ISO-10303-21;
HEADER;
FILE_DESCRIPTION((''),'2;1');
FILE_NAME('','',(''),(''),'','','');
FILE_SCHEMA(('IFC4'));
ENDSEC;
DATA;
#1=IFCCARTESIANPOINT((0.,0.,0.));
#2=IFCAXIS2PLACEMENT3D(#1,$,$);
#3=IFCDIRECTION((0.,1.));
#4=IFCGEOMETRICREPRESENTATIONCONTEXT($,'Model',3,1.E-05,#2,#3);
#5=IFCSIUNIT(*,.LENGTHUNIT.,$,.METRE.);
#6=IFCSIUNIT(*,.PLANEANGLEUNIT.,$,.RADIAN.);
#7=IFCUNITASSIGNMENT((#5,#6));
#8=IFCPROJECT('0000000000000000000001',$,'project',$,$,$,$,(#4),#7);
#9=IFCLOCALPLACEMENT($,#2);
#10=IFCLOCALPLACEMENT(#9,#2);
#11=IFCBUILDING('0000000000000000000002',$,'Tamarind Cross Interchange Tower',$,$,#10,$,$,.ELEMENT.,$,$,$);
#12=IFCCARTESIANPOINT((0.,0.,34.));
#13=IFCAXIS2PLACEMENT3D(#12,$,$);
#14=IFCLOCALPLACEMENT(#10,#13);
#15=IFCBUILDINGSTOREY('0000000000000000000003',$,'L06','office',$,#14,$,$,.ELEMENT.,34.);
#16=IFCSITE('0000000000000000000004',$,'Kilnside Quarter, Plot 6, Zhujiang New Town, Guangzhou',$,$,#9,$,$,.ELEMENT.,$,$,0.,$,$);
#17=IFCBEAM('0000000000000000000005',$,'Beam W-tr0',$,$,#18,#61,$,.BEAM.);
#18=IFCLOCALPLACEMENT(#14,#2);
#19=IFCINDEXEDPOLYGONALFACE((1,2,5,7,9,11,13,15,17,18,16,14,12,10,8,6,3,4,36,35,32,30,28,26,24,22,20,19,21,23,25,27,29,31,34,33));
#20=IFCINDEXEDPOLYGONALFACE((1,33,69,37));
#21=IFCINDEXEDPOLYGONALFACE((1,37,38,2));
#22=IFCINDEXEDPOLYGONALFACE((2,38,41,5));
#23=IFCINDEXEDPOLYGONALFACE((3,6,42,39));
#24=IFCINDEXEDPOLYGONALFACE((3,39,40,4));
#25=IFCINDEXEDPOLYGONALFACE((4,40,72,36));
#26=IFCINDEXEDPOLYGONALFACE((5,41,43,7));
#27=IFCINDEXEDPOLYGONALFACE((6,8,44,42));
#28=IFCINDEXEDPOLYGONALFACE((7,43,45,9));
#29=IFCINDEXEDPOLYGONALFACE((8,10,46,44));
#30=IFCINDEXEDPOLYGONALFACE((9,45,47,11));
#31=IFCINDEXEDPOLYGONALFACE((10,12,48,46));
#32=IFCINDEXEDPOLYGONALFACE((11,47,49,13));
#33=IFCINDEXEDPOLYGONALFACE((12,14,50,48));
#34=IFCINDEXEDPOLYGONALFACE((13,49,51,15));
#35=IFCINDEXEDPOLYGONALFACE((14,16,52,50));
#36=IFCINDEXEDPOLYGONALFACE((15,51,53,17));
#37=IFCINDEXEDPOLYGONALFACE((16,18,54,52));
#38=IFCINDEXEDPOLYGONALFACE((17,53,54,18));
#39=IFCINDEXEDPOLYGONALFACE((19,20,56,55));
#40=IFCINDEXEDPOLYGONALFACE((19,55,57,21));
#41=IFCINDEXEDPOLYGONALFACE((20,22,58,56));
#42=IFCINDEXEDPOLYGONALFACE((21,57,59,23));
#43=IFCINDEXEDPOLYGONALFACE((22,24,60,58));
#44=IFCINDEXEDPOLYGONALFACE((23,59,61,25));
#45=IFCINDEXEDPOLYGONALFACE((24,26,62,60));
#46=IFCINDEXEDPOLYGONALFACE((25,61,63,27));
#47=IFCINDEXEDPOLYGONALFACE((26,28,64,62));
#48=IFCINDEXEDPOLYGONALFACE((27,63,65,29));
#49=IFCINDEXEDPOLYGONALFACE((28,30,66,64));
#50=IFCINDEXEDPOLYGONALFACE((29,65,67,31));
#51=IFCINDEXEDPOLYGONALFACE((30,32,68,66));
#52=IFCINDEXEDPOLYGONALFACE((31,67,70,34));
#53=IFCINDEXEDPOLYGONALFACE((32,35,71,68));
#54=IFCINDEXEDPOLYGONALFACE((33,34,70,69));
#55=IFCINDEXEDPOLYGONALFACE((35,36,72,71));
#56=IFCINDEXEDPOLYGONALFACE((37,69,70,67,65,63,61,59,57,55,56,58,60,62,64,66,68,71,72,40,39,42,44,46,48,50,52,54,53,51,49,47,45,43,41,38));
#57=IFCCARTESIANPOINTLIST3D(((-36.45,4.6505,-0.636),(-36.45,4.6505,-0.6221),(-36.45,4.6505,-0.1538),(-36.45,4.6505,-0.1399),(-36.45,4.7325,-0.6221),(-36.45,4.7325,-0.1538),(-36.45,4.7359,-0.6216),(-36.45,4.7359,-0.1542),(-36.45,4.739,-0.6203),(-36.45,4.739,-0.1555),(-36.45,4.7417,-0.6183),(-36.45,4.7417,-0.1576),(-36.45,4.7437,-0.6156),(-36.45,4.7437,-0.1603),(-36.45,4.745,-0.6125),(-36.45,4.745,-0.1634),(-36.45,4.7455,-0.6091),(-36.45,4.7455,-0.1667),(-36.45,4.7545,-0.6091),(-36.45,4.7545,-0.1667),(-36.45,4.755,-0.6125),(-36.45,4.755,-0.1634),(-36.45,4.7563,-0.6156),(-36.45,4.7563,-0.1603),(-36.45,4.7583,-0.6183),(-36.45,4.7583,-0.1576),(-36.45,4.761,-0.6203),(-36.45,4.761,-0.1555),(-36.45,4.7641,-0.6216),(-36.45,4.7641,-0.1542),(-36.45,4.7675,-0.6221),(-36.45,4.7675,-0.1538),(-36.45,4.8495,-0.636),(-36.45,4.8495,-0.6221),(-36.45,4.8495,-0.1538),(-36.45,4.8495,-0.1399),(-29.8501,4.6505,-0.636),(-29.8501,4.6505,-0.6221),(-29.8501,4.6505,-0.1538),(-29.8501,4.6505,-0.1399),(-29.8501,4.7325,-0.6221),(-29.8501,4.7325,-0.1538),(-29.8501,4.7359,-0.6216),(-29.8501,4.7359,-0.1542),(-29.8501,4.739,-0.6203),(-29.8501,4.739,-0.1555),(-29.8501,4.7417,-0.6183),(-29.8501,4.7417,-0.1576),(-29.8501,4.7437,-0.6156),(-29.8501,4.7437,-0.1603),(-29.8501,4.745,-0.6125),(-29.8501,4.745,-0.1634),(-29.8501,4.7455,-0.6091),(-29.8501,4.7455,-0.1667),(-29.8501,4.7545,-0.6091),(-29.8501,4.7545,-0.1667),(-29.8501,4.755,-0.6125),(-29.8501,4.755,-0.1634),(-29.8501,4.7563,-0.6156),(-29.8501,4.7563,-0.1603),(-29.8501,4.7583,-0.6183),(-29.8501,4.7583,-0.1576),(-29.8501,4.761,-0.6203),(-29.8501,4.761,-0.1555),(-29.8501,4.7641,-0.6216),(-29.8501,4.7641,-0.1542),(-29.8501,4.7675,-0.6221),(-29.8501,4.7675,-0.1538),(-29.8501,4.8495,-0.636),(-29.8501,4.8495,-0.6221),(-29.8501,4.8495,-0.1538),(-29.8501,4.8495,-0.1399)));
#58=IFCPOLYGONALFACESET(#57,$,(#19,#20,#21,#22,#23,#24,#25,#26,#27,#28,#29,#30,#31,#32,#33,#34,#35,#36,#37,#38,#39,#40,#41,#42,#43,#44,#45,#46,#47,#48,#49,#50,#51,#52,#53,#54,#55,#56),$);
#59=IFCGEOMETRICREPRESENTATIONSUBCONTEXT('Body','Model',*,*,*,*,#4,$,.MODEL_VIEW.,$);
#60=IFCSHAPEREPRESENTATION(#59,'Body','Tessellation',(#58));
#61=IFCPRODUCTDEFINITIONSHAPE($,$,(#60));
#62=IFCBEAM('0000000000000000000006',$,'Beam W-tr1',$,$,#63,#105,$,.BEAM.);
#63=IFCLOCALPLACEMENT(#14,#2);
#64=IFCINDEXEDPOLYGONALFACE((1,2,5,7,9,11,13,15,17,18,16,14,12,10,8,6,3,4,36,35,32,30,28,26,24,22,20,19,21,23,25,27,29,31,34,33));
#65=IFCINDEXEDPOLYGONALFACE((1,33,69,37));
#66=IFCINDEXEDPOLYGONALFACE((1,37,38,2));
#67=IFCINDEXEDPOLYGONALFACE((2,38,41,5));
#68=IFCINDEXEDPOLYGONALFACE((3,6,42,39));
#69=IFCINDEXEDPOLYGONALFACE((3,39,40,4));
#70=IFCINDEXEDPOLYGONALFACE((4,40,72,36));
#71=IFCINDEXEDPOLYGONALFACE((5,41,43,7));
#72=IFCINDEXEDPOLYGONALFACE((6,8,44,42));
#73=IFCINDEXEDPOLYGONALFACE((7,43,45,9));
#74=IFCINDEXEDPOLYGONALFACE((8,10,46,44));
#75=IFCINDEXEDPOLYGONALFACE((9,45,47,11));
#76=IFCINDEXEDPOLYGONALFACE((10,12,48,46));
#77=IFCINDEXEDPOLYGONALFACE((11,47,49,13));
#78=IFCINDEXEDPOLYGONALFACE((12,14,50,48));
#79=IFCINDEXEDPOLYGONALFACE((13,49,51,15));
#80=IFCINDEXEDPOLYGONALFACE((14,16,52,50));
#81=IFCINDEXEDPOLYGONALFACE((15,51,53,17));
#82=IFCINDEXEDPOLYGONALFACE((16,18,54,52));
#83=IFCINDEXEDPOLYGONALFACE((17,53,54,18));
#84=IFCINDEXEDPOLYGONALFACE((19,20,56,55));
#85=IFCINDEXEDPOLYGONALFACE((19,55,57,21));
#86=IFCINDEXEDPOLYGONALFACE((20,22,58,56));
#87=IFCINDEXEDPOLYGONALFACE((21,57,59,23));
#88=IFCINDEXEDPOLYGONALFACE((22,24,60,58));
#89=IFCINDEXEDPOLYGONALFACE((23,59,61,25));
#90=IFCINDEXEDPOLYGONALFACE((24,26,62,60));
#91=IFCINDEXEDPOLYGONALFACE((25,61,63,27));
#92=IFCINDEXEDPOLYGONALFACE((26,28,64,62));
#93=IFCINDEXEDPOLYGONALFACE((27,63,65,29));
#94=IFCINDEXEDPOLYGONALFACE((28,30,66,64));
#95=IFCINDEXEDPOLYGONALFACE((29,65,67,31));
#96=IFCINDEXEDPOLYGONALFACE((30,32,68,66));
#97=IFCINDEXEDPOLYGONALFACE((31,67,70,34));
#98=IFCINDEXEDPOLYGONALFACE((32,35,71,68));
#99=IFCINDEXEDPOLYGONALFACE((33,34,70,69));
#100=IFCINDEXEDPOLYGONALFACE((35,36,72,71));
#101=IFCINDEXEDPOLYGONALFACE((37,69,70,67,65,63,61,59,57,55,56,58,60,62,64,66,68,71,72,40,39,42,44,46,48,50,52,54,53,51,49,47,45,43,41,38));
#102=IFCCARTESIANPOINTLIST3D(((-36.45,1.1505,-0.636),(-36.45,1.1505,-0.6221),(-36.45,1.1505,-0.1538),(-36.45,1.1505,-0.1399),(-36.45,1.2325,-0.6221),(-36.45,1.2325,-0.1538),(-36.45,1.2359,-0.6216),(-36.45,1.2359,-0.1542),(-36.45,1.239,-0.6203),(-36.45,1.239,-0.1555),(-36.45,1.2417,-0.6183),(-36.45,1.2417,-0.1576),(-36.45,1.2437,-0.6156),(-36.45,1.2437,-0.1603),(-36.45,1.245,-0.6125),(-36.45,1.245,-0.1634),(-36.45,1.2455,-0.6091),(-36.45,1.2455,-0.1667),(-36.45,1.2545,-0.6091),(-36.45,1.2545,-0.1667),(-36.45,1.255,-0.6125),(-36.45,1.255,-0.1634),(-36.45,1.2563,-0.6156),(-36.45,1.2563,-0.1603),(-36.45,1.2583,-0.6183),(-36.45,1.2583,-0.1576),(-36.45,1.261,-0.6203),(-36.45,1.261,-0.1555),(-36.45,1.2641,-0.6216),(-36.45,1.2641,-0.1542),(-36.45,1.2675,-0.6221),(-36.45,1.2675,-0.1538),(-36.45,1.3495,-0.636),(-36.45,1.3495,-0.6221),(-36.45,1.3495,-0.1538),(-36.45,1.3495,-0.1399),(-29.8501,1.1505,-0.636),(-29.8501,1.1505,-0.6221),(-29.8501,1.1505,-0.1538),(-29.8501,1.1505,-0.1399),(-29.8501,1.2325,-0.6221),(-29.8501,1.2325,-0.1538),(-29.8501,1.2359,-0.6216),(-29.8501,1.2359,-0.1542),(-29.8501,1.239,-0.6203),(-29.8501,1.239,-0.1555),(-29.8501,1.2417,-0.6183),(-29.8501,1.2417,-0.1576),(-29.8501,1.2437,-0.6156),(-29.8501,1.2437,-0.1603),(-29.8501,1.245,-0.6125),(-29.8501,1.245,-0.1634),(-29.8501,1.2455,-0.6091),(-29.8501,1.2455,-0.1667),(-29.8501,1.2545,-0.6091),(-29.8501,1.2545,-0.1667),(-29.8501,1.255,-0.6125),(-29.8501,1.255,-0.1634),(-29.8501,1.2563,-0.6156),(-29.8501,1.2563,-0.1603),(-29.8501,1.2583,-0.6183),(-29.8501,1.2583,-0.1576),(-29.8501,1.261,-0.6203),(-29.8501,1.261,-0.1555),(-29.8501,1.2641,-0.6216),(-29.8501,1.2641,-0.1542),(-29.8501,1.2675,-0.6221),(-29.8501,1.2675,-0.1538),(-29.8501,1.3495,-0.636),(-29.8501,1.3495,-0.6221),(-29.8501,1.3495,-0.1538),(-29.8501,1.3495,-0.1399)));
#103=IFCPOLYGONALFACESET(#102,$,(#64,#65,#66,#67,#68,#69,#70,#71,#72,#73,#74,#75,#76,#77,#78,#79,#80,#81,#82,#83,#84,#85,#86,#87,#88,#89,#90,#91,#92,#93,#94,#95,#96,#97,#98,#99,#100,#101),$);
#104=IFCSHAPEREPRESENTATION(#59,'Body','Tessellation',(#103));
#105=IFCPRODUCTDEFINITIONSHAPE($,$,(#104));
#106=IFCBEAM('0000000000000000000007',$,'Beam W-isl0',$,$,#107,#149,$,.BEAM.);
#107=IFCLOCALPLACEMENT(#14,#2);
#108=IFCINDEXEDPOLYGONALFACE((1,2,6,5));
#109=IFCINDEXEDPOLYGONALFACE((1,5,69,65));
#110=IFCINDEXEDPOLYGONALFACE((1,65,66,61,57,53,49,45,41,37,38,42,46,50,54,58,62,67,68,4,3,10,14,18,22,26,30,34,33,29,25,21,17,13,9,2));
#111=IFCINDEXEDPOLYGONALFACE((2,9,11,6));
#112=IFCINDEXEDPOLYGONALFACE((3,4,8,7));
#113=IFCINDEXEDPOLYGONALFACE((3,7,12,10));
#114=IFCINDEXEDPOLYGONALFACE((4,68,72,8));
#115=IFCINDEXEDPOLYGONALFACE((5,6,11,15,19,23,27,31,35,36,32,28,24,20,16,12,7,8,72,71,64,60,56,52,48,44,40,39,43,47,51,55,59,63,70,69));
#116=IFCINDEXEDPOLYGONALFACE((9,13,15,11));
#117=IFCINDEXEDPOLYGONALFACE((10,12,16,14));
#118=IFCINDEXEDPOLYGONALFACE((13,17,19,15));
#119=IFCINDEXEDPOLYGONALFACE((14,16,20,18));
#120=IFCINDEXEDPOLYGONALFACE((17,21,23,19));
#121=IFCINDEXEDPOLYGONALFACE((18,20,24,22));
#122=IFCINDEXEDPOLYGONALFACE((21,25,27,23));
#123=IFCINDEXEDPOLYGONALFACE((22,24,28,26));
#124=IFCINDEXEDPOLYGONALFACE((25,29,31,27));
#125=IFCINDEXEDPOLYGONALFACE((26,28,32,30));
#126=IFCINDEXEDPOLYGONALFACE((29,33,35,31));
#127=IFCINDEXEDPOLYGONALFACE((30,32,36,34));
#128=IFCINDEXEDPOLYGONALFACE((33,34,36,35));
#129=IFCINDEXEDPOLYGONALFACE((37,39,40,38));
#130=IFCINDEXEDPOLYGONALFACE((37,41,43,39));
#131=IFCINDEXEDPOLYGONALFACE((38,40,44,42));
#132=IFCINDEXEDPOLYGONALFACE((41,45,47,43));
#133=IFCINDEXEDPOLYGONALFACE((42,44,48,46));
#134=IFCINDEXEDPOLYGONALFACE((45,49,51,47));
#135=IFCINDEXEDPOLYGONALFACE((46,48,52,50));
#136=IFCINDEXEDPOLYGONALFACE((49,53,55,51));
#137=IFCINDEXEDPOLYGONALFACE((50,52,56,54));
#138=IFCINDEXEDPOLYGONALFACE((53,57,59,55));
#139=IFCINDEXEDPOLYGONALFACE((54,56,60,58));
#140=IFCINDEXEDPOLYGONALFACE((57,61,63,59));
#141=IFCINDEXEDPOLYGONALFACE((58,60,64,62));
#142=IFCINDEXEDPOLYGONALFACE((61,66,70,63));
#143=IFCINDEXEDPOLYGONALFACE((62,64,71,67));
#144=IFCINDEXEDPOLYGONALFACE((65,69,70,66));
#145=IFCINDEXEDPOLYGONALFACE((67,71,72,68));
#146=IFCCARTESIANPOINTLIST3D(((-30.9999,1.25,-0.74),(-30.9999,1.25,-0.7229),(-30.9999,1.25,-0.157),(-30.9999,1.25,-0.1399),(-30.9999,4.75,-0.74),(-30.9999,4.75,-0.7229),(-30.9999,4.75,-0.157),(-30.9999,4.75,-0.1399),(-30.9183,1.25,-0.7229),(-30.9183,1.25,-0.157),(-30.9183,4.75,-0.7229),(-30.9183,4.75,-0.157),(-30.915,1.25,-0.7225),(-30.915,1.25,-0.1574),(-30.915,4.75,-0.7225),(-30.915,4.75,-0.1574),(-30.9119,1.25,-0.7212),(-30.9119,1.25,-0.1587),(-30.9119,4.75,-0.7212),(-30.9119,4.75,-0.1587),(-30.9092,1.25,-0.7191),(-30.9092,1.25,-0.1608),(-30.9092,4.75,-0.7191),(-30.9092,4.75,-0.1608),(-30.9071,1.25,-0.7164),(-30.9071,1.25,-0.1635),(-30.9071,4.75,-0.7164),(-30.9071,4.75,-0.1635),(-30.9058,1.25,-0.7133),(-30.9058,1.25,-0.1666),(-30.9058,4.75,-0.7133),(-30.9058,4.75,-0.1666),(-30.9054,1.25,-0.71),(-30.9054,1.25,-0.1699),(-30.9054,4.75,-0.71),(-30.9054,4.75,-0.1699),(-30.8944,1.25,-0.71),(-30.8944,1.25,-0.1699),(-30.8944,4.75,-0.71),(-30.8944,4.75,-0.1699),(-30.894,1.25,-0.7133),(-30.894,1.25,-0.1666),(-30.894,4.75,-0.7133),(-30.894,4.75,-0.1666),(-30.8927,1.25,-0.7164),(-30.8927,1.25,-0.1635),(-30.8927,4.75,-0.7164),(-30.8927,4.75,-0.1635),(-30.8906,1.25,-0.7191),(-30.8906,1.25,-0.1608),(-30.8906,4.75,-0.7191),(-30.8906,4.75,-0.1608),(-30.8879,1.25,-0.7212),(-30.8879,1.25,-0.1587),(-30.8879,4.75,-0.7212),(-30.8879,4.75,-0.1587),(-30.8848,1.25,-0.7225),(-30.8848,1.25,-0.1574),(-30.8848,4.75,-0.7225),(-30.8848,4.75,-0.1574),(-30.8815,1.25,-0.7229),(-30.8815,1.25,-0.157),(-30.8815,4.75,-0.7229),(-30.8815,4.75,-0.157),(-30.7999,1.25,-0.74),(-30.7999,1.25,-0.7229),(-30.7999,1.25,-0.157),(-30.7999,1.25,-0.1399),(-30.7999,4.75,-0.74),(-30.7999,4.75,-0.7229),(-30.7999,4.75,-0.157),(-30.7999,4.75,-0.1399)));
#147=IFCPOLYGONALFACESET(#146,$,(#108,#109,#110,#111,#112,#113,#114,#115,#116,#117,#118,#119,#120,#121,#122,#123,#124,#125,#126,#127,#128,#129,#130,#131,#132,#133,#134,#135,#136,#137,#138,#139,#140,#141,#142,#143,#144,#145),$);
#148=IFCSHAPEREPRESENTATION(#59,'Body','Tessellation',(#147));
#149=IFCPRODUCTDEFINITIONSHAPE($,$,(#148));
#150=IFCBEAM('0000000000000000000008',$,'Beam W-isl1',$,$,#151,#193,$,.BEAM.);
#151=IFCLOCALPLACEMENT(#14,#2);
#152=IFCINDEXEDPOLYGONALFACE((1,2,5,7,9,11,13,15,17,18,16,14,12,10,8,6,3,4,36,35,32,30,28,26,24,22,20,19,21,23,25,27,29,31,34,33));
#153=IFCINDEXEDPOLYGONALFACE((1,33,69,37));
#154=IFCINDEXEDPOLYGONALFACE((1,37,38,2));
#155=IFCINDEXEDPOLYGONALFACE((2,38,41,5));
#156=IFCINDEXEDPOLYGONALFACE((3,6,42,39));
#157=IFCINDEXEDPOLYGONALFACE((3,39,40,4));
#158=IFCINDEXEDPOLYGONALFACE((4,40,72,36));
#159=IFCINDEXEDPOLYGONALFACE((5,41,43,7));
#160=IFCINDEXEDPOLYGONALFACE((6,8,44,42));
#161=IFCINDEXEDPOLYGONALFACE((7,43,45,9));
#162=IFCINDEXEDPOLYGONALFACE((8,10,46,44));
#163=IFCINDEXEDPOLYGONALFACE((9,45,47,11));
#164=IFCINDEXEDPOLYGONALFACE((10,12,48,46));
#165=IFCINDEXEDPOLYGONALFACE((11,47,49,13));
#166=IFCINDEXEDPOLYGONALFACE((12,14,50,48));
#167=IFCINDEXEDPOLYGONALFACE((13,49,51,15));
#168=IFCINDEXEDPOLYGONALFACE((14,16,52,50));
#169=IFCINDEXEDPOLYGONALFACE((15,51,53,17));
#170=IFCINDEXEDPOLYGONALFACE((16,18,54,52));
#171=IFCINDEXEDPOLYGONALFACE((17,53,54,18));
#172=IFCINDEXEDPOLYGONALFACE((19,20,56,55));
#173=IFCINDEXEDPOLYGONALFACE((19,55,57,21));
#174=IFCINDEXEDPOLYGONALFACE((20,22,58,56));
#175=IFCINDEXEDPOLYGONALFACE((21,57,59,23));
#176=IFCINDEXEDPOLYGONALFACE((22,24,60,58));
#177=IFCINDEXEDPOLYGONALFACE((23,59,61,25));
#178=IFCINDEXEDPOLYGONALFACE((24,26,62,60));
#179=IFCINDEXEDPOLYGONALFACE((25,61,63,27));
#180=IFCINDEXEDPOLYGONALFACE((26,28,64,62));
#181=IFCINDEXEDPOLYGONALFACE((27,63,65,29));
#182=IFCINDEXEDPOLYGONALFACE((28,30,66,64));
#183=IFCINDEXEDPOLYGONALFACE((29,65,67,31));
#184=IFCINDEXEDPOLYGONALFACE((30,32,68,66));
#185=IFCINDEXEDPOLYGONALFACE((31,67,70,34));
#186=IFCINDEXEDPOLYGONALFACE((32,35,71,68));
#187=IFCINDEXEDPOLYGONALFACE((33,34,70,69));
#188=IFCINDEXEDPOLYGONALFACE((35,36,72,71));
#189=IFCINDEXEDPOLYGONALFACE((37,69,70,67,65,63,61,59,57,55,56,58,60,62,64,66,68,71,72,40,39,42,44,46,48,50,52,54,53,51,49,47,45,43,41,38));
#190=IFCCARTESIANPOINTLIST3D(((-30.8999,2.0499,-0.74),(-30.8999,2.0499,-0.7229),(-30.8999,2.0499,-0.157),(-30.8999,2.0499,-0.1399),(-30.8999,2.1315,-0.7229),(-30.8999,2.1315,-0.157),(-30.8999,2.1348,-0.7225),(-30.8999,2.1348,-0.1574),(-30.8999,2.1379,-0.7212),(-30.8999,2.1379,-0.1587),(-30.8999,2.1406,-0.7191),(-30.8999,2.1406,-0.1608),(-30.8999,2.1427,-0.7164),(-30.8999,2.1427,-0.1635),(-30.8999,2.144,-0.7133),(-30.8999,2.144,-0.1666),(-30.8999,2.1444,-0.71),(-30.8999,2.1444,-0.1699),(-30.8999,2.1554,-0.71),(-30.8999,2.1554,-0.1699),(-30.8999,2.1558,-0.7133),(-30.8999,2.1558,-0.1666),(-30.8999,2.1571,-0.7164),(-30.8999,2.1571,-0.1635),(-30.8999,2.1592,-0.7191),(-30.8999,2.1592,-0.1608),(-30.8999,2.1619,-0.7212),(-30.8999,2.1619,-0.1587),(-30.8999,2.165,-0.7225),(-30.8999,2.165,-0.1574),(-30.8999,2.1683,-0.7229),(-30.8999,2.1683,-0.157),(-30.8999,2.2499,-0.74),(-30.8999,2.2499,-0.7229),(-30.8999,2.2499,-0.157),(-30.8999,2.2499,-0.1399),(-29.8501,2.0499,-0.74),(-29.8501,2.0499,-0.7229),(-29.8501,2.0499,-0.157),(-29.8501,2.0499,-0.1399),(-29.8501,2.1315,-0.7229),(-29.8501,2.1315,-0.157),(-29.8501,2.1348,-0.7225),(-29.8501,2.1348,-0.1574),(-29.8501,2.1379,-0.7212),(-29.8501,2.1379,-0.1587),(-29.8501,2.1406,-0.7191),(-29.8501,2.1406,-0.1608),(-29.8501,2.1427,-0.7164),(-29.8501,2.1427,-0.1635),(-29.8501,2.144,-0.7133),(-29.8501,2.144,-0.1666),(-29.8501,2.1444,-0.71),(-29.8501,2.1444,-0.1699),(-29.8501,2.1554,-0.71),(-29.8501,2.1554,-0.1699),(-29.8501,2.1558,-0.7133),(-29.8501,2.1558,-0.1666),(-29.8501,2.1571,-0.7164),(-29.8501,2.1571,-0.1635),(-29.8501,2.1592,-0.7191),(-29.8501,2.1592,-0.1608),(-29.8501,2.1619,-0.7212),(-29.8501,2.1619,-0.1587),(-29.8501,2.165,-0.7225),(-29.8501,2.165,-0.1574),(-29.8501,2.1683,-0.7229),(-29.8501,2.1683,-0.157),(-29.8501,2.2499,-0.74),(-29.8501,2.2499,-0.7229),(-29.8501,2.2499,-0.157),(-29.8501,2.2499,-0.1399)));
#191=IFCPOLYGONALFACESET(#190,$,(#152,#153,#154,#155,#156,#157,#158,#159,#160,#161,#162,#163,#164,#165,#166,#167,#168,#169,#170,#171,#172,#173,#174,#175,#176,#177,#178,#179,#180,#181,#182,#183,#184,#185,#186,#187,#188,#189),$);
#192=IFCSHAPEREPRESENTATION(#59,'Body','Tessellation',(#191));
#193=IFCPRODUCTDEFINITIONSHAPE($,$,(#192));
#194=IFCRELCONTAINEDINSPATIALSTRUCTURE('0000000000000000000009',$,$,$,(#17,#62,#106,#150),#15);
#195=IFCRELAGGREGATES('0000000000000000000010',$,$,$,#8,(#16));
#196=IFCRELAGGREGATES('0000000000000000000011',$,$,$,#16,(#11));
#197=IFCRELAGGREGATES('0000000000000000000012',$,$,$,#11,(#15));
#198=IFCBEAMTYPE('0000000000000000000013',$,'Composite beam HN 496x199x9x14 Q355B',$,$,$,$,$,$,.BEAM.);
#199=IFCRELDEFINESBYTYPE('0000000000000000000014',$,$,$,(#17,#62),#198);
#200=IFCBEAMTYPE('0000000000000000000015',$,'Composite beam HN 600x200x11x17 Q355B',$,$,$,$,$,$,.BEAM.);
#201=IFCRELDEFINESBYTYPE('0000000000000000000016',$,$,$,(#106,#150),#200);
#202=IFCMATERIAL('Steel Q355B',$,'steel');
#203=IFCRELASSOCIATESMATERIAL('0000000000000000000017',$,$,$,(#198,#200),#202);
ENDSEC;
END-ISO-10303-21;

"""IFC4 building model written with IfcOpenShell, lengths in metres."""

from ifc_helpers import new_model, si_unit, direction, frame, origin, origin_2d, place, context, subcontext, project, spatial, i_section, extrude, material, material_profile, profile_set, type_object, element, save


model = new_model("IFC4")

# Units and contexts
model_context = context("Model", 3, precision=1e-05, world=origin(), true_north=direction((0.0, 1.0)))
body_context = subcontext(model_context, "Body", "Model", "MODEL_VIEW")
ifc_project = project(units=[si_unit("LENGTHUNIT", "METRE"), si_unit("PLANEANGLEUNIT", "RADIAN")], contexts=[model_context])

# Site, building, storey
site_placement = place(None, origin())
site = spatial("IfcSite", under=ifc_project, at=site_placement, Name="Kilnside Quarter, Plot 6, Zhujiang New Town, Guangzhou", CompositionType="ELEMENT", RefElevation=0.0)
building_placement = place(site_placement, origin())
building = spatial("IfcBuilding", under=site, at=building_placement, Name="Tamarind Cross Interchange Tower", CompositionType="ELEMENT")
storey_placement = place(building_placement, frame((0.0, 0.0, 34.0)))
storey = spatial("IfcBuildingStorey", under=building, at=storey_placement, Name="L06", Description="office", CompositionType="ELEMENT", Elevation=34.0)

# Beams
ifc_material_1 = material(Name="Steel Q355B", Category="steel")
ifc_material_profile_1 = material_profile(ifc_material_1, i_section(OverallWidth=0.199, OverallDepth=0.4961, WebThickness=0.009, FlangeThickness=0.0139, FilletRadius=0.0129, at=origin_2d()), Name="HN 496x199x9x14")
ifc_profile_set_1 = profile_set([ifc_material_profile_1], Name="Steel Q355B")
beam_type_1 = type_object("IfcBeamType", Name="Composite beam HN 496x199x9x14 Q355B", PredefinedType="BEAM", material=ifc_profile_set_1)
for number, where, z_axis, x_axis, name in (
    (1, (-29.8501, 4.75, -0.3879), (-1.0, 0.0, 0.0), (0.0, -1.0, 0.0), "Beam W-tr0"),
    (2, (-29.8501, 1.25, -0.3879), (-1.0, 0.0, 0.0), (0.0, -1.0, 0.0), "Beam W-tr1"),
):
    element("IfcBeam", number, at=place(storey_placement, frame(where, z_axis=z_axis, x_axis=x_axis)), inside=storey, type_object=beam_type_1, Name=name, PredefinedType="BEAM", context=body_context, shape_type="SweptSolid", body=[
        extrude(i_section(OverallWidth=0.199, OverallDepth=0.4961, WebThickness=0.009, FlangeThickness=0.0139, FilletRadius=0.0129, at=origin_2d()), origin(), (0.0, 0.0, 1.0), 6.5999),
    ])
ifc_material_profile_2 = material_profile(ifc_material_1, i_section(OverallWidth=0.2, OverallDepth=0.6001, WebThickness=0.011, FlangeThickness=0.0171, FilletRadius=0.0129, at=origin_2d()), Name="HN 600x200x11x17")
ifc_profile_set_2 = profile_set([ifc_material_profile_2], Name="Steel Q355B")
beam_type_2 = type_object("IfcBeamType", Name="Composite beam HN 600x200x11x17 Q355B", PredefinedType="BEAM", material=ifc_profile_set_2)
beam_1_placement = place(storey_placement, frame((-30.8999, 4.75, -0.4399), z_axis=(0.0, -1.0, 0.0), x_axis=(1.0, 0.0, 0.0)))
element("IfcBeam", 3, at=beam_1_placement, inside=storey, type_object=beam_type_2, Name="Beam W-isl0", PredefinedType="BEAM", context=body_context, shape_type="SweptSolid", body=[
    extrude(i_section(OverallWidth=0.2, OverallDepth=0.6001, WebThickness=0.011, FlangeThickness=0.0171, FilletRadius=0.0129, at=origin_2d()), origin(), (0.0, 0.0, 1.0), 3.5),
])
beam_2_placement = place(storey_placement, frame((-29.8501, 2.1499, -0.4399), z_axis=(-1.0, 0.0, 0.0), x_axis=(0.0, -1.0, 0.0)))
element("IfcBeam", 4, at=beam_2_placement, inside=storey, type_object=beam_type_2, Name="Beam W-isl1", PredefinedType="BEAM", context=body_context, shape_type="SweptSolid", body=[
    extrude(i_section(OverallWidth=0.2, OverallDepth=0.6001, WebThickness=0.011, FlangeThickness=0.0171, FilletRadius=0.0129, at=origin_2d()), origin(), (0.0, 0.0, 1.0), 1.0498),
])

save(model, "model.ifc")
